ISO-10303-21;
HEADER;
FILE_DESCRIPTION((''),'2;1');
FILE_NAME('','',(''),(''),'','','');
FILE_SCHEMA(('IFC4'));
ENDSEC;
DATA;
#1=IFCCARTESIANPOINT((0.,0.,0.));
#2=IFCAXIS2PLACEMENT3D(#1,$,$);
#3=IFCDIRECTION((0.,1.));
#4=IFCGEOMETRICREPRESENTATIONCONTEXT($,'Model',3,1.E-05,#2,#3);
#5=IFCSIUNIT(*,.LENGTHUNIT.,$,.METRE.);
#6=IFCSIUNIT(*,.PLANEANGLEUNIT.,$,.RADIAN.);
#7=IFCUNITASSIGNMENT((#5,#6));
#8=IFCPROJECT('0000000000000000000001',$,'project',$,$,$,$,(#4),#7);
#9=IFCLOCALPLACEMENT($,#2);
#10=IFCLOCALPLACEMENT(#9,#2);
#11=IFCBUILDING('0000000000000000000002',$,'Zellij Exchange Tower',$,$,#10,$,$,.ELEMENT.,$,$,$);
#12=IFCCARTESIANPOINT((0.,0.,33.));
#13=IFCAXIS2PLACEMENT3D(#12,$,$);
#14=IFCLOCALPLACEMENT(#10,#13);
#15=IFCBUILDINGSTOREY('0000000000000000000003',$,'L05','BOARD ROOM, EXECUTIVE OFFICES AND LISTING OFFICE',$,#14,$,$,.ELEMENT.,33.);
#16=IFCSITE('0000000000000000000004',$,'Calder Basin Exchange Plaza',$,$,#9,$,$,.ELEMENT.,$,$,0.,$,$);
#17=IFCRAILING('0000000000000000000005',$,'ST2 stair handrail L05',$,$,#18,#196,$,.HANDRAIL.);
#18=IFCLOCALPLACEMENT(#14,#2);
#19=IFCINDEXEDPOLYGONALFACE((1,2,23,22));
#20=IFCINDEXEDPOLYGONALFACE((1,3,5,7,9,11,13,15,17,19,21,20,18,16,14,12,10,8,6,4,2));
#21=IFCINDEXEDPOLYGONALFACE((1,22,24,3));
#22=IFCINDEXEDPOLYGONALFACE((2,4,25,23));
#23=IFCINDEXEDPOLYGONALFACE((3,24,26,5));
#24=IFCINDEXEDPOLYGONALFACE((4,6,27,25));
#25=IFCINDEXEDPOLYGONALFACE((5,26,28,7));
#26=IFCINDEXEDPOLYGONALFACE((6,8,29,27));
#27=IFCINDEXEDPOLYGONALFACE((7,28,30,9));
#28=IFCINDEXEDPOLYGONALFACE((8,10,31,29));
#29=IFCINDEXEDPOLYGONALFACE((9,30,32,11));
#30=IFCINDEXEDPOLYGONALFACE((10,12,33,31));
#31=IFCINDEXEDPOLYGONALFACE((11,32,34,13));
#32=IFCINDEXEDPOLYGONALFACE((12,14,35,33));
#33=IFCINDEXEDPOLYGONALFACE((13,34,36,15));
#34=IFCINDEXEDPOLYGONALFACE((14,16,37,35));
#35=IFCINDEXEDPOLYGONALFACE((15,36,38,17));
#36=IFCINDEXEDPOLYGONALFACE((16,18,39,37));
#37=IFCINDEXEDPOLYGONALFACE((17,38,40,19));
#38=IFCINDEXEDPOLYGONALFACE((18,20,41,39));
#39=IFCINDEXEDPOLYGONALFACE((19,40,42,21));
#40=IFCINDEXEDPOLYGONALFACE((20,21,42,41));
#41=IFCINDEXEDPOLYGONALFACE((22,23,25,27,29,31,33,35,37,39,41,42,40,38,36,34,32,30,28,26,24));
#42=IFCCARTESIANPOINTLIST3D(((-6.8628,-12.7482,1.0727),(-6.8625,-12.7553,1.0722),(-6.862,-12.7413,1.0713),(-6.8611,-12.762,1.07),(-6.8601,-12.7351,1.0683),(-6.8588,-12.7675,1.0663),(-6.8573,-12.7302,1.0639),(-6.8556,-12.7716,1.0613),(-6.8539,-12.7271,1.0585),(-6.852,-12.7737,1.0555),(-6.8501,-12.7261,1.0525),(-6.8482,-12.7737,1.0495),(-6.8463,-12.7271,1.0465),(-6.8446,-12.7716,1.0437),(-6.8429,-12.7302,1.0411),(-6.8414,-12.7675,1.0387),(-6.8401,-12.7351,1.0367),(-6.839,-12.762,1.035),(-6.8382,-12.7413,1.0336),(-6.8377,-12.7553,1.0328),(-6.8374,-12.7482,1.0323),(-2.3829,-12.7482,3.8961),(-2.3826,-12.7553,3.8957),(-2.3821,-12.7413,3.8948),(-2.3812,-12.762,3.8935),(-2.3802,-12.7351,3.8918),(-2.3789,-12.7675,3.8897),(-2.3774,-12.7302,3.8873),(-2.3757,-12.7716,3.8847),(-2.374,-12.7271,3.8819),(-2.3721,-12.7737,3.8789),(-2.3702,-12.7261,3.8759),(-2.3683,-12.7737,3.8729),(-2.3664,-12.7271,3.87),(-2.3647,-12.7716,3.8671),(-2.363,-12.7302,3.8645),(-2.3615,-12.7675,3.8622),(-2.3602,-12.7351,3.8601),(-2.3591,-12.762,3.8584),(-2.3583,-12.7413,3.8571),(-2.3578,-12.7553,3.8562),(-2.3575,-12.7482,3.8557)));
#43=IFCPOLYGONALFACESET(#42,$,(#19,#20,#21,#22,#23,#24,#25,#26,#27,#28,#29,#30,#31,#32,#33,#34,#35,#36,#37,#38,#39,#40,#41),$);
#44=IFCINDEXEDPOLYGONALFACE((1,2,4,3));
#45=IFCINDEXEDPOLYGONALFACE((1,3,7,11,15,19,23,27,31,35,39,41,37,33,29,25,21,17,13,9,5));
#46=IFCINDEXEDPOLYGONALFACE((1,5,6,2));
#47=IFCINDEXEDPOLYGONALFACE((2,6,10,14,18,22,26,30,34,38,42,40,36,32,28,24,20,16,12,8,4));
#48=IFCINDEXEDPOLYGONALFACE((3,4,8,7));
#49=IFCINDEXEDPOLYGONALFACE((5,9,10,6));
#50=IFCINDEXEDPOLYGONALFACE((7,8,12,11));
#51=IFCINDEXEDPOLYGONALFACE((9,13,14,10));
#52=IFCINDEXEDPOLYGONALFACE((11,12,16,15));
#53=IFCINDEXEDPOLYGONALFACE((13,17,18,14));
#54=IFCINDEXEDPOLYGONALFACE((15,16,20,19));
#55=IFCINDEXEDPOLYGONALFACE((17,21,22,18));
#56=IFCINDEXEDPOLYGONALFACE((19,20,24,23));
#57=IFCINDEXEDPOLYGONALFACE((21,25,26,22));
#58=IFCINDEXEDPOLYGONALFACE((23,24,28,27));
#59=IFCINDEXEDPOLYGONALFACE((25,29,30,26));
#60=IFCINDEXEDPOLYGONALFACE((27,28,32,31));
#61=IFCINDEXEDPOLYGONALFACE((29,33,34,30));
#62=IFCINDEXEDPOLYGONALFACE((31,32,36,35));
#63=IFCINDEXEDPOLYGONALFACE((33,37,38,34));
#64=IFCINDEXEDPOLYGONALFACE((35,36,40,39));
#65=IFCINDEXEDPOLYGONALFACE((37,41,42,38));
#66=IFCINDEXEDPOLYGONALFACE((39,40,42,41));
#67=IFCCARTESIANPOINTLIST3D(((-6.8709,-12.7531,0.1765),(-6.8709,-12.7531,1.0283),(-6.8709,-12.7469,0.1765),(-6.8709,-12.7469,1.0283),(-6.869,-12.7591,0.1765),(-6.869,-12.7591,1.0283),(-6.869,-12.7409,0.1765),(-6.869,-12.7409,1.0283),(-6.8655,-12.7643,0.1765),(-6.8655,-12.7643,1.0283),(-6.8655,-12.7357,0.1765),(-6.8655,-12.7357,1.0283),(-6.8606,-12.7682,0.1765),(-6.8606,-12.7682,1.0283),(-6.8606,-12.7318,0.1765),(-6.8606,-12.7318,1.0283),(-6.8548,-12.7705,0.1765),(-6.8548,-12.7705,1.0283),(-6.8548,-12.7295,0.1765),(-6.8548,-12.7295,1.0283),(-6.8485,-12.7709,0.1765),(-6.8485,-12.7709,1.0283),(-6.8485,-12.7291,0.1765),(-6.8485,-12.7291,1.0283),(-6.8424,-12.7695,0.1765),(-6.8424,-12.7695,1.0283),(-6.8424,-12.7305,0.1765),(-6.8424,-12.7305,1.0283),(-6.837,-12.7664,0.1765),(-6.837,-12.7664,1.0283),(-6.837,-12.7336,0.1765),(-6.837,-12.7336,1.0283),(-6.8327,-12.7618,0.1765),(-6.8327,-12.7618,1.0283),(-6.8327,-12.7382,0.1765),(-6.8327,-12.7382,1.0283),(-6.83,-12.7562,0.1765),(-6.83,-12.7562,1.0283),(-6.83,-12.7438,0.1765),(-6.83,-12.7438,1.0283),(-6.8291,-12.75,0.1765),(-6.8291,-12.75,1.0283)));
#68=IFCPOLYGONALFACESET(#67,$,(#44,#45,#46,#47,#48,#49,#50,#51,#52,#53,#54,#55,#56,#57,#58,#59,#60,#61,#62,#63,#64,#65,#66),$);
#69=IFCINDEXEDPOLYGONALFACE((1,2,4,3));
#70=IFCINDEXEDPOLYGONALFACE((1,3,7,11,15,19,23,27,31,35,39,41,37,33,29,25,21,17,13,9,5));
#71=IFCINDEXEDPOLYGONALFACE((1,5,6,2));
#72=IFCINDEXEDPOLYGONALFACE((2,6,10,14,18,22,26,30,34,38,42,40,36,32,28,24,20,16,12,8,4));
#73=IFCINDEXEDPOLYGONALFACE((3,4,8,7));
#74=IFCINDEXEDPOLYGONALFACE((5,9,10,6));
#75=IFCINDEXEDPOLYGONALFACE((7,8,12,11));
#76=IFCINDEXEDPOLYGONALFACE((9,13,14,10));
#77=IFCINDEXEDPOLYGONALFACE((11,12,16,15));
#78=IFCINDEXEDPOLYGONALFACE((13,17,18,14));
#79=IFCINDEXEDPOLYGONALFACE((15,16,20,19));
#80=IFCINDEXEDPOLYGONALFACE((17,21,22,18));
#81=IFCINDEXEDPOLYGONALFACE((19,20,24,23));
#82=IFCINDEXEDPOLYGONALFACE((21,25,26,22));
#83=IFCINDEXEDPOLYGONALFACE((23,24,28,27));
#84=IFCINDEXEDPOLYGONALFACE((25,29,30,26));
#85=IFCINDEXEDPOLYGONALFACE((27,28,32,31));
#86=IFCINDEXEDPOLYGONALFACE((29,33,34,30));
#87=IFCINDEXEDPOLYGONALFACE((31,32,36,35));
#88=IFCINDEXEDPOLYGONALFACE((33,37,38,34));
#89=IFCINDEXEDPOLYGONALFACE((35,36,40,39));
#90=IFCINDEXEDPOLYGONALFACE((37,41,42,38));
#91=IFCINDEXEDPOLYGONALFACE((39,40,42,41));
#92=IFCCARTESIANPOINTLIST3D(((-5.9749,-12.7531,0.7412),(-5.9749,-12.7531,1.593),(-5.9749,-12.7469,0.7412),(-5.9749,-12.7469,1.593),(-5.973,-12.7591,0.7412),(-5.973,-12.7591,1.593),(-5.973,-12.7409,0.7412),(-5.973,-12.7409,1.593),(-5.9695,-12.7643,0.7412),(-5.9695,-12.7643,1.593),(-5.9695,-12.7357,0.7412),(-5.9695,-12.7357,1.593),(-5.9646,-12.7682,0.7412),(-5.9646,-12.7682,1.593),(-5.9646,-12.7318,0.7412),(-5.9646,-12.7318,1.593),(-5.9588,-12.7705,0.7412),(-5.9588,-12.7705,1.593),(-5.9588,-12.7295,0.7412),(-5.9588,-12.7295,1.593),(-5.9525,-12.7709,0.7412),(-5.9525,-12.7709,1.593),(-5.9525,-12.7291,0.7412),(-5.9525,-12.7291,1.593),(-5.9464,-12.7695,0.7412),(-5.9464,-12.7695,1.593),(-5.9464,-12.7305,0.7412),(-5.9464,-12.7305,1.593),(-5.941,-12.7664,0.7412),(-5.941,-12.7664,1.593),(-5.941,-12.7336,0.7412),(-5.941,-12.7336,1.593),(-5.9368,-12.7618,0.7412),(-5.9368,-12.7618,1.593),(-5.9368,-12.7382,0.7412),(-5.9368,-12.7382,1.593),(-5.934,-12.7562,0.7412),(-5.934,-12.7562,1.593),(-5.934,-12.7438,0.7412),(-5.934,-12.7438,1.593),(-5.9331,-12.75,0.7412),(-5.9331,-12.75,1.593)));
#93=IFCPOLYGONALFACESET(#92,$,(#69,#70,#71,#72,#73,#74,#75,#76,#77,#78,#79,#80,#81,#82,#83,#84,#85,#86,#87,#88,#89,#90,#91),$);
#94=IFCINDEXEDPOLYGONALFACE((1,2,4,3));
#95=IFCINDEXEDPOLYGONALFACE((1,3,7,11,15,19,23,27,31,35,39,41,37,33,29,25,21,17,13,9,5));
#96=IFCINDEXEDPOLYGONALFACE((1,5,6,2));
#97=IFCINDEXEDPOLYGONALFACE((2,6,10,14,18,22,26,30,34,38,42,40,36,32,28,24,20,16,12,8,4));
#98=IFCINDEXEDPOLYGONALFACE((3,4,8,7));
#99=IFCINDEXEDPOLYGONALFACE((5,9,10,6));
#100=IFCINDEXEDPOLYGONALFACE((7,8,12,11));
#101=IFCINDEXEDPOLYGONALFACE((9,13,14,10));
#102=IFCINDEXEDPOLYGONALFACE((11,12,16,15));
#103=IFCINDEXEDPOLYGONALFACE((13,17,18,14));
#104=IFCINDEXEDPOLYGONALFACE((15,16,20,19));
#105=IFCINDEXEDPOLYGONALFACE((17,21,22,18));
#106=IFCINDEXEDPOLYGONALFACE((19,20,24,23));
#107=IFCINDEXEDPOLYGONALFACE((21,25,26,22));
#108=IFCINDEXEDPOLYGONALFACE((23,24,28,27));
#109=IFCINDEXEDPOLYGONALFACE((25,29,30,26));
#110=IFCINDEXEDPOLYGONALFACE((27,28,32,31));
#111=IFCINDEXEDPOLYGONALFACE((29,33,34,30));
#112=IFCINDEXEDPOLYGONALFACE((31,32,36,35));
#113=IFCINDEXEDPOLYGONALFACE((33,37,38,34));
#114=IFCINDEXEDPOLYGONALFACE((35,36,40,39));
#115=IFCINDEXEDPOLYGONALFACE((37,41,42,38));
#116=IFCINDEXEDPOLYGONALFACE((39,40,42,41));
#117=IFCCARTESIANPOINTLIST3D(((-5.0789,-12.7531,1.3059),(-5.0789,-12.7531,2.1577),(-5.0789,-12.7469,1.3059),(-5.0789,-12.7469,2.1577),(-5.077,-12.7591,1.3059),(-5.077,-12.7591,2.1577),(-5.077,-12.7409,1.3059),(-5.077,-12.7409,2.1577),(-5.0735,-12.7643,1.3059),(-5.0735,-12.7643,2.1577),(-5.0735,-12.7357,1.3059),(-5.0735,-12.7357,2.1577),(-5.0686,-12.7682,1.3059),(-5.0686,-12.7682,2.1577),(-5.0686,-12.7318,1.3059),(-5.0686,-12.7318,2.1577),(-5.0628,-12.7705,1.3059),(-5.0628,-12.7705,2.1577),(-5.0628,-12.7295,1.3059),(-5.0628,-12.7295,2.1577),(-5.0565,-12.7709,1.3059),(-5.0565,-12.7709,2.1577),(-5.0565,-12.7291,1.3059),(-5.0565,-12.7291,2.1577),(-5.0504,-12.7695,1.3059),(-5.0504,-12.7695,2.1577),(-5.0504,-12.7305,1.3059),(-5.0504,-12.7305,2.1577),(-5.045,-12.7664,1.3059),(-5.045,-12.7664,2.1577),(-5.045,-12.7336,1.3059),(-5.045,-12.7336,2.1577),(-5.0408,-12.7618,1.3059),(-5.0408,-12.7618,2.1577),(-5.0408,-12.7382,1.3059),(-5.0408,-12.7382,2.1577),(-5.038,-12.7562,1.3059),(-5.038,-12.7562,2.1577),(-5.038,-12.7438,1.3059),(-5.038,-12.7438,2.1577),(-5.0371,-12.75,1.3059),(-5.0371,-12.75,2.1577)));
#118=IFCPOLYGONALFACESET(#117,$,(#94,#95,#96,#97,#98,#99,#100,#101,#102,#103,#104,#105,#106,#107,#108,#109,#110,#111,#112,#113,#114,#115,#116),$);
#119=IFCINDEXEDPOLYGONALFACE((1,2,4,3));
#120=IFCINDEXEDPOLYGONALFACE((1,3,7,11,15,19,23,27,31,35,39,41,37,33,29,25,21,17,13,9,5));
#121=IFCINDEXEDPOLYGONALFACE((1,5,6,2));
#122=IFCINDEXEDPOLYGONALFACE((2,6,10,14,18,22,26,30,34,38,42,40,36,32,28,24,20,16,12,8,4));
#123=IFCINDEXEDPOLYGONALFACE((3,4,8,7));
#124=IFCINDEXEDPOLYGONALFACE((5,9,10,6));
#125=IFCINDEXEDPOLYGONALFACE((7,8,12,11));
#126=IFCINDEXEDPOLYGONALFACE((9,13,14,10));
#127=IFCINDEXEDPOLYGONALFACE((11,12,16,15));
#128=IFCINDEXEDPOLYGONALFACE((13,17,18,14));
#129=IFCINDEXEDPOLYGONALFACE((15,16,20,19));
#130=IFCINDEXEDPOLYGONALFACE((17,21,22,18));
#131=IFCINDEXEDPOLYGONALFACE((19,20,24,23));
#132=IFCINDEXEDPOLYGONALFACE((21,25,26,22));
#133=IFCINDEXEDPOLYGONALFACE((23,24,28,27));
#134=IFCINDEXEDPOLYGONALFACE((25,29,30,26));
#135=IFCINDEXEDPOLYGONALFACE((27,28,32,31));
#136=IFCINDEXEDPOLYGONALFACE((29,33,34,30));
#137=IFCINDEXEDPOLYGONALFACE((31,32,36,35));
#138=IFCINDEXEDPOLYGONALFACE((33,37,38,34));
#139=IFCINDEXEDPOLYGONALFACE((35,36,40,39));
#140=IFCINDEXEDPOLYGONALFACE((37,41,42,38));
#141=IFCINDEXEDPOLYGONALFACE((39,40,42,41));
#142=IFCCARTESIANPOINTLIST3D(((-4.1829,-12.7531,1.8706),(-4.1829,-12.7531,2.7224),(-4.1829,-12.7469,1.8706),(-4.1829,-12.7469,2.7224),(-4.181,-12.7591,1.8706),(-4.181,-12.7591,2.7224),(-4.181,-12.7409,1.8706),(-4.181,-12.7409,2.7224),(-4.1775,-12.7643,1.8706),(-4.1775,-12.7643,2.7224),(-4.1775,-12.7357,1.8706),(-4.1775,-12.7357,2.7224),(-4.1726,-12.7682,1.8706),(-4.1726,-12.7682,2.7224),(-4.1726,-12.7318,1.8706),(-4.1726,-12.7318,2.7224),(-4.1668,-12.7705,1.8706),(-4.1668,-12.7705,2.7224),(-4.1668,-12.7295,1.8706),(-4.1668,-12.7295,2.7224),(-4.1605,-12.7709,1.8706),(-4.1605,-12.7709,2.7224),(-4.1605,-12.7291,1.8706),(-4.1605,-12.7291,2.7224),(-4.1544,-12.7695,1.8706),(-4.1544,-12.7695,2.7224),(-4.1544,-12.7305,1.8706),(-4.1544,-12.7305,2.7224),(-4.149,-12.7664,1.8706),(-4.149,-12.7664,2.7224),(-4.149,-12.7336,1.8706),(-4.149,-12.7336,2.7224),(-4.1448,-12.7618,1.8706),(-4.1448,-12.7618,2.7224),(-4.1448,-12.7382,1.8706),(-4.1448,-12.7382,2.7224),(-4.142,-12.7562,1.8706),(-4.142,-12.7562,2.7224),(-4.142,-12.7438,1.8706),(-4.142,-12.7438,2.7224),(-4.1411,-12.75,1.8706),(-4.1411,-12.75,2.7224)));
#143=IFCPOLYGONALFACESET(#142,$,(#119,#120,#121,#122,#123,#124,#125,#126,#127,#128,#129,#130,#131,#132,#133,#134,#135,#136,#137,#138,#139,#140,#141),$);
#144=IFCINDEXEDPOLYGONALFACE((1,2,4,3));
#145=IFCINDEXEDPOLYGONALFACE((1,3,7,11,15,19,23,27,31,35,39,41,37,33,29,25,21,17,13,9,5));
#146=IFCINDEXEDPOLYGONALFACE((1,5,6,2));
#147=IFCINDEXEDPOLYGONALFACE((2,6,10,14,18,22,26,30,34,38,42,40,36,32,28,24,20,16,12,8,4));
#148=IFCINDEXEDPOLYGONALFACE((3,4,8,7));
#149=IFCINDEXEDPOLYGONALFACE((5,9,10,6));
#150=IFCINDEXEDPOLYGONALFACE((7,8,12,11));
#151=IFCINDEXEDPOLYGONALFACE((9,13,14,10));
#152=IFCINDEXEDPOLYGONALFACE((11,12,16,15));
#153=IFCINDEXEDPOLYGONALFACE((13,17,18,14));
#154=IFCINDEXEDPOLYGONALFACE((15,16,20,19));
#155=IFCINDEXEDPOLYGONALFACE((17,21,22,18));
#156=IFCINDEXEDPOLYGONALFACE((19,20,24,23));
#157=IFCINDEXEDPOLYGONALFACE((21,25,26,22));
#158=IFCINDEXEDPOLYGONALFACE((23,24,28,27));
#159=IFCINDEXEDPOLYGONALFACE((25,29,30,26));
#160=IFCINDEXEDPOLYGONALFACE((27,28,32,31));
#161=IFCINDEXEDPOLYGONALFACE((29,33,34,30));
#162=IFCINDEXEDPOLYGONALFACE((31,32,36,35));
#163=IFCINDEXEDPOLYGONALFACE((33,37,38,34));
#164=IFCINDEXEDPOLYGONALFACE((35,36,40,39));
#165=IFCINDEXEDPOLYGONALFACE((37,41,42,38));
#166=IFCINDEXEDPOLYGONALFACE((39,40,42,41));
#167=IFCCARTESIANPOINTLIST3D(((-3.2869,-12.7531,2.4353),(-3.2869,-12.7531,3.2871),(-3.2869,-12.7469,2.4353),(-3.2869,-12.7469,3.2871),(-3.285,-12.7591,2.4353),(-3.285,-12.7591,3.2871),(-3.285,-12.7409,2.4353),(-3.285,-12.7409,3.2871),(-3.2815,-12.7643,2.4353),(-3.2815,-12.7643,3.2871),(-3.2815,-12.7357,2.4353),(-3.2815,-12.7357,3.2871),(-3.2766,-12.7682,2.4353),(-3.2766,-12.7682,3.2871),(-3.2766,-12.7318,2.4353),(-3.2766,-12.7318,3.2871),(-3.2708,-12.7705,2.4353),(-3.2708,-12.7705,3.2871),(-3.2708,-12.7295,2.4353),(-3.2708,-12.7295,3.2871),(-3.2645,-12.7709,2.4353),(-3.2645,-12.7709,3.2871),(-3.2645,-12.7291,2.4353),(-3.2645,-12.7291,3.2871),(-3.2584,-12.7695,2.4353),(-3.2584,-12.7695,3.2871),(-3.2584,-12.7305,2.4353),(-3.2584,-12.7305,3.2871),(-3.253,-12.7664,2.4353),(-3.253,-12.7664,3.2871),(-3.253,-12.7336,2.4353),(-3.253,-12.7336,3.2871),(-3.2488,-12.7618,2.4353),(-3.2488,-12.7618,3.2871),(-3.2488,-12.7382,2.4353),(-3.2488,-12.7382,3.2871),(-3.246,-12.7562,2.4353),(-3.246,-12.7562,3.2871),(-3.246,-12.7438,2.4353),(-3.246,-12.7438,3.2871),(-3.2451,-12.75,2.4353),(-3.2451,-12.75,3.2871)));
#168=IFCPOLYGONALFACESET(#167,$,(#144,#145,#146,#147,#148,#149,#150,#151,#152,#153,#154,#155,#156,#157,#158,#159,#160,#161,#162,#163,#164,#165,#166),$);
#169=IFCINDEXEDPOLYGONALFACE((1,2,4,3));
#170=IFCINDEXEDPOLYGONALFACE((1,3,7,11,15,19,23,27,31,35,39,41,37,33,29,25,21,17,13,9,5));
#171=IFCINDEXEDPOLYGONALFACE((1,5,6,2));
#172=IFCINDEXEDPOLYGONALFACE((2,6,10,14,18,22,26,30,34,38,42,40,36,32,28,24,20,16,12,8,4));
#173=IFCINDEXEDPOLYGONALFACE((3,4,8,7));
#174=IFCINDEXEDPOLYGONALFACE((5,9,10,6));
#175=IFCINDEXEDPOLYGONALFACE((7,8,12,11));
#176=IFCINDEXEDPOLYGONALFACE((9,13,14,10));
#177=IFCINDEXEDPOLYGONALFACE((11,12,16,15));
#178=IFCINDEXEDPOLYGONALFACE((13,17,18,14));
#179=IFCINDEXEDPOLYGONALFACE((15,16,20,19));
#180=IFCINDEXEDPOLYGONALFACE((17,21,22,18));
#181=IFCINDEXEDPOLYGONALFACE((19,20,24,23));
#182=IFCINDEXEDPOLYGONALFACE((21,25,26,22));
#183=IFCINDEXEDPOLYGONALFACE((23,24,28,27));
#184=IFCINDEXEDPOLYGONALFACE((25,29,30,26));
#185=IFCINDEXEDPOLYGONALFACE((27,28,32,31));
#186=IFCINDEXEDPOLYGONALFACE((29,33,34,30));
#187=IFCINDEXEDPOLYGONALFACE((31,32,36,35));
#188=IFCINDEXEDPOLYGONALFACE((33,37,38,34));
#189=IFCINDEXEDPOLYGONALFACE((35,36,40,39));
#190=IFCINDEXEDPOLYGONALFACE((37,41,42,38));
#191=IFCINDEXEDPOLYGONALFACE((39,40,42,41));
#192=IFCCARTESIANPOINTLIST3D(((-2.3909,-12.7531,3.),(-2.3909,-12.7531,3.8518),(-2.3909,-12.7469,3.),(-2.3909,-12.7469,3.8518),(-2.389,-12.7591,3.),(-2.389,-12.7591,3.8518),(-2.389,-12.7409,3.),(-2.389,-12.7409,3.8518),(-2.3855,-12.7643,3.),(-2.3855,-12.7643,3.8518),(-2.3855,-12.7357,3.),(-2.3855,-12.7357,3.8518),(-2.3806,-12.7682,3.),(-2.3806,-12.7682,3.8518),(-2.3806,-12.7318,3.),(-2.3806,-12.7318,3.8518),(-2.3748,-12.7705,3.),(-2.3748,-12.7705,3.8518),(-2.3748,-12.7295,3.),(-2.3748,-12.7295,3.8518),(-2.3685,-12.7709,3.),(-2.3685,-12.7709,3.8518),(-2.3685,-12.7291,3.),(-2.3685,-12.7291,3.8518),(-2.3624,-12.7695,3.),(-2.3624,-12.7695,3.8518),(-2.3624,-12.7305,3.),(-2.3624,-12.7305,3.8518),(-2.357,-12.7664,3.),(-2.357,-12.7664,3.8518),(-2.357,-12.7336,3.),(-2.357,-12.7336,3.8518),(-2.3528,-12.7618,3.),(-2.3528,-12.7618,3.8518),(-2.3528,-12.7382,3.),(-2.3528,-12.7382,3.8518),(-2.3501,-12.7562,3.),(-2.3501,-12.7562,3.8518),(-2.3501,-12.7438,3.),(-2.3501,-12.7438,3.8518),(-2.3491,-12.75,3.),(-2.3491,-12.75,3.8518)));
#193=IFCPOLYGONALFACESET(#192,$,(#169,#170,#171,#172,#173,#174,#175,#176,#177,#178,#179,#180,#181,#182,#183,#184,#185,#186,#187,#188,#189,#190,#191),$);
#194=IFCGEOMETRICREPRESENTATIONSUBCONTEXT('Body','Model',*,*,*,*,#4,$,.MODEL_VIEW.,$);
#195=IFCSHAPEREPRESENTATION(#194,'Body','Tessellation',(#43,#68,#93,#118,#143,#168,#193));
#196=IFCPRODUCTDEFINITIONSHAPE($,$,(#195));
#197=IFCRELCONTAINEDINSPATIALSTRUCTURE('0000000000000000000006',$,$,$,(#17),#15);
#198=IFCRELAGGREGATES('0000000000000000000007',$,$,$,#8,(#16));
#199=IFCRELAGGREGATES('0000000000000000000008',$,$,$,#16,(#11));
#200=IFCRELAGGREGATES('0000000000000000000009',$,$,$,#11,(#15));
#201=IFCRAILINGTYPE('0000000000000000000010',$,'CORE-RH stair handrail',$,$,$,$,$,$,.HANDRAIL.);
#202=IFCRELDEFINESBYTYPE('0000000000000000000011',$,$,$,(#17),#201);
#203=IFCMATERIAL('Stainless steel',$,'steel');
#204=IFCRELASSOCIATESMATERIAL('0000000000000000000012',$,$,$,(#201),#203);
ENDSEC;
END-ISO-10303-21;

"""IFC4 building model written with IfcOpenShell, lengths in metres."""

from ifc_helpers import new_model, si_unit, direction, frame, origin, origin_2d, place, context, subcontext, project, spatial, circle, extrude, material, type_object, element, save


model = new_model("IFC4")

# Units and contexts
model_context = context("Model", 3, precision=1e-05, world=origin(), true_north=direction((0.0, 1.0)))
body_context = subcontext(model_context, "Body", "Model", "MODEL_VIEW")
ifc_project = project(units=[si_unit("LENGTHUNIT", "METRE"), si_unit("PLANEANGLEUNIT", "RADIAN")], contexts=[model_context])

# Site, building, storey
site_placement = place(None, origin())
site = spatial("IfcSite", under=ifc_project, at=site_placement, Name="Calder Basin Exchange Plaza", CompositionType="ELEMENT", RefElevation=0.0)
building_placement = place(site_placement, origin())
building = spatial("IfcBuilding", under=site, at=building_placement, Name="Zellij Exchange Tower", CompositionType="ELEMENT")
storey_placement = place(building_placement, frame((0.0, 0.0, 33.0)))
storey = spatial("IfcBuildingStorey", under=building, at=storey_placement, Name="L05", Description="BOARD ROOM, EXECUTIVE OFFICES AND LISTING OFFICE", CompositionType="ELEMENT", Elevation=33.0)

# Railing
ifc_material_1 = material(Name="Stainless steel", Category="steel")
railing_type_1 = type_object("IfcRailingType", Name="CORE-RH stair handrail", PredefinedType="HANDRAIL", material=ifc_material_1)
railing_1_placement = place(storey_placement, frame((-6.8501, -12.75, 0.1765)))
element("IfcRailing", 1, at=railing_1_placement, inside=storey, type_object=railing_type_1, Name="ST2 stair handrail L05", PredefinedType="HANDRAIL", context=body_context, shape_type="SweptSolid", body=[
    extrude(circle(Radius=0.0239, at=origin_2d()), frame((0.0, 0.0, 0.876), z_axis=(0.845998, 0.0, 0.533186), x_axis=(0.0, 1.0, 0.0)), (0.0, 0.0, 1.0), 5.2954),
    extrude(circle(Radius=0.021, at=origin_2d()), origin(), (0.0, 0.0, 1.0), 0.8518),
    extrude(circle(Radius=0.021, at=origin_2d()), frame((0.896, 0.0, 0.5647)), (0.0, 0.0, 1.0), 0.8518),
    extrude(circle(Radius=0.021, at=origin_2d()), frame((1.792, 0.0, 1.1294)), (0.0, 0.0, 1.0), 0.8518),
    extrude(circle(Radius=0.021, at=origin_2d()), frame((2.688, 0.0, 1.6941)), (0.0, 0.0, 1.0), 0.8518),
    extrude(circle(Radius=0.021, at=origin_2d()), frame((3.584, 0.0, 2.2588)), (0.0, 0.0, 1.0), 0.8518),
    extrude(circle(Radius=0.021, at=origin_2d()), frame((4.48, 0.0, 2.8235)), (0.0, 0.0, 1.0), 0.8518),
])

save(model, "model.ifc")
